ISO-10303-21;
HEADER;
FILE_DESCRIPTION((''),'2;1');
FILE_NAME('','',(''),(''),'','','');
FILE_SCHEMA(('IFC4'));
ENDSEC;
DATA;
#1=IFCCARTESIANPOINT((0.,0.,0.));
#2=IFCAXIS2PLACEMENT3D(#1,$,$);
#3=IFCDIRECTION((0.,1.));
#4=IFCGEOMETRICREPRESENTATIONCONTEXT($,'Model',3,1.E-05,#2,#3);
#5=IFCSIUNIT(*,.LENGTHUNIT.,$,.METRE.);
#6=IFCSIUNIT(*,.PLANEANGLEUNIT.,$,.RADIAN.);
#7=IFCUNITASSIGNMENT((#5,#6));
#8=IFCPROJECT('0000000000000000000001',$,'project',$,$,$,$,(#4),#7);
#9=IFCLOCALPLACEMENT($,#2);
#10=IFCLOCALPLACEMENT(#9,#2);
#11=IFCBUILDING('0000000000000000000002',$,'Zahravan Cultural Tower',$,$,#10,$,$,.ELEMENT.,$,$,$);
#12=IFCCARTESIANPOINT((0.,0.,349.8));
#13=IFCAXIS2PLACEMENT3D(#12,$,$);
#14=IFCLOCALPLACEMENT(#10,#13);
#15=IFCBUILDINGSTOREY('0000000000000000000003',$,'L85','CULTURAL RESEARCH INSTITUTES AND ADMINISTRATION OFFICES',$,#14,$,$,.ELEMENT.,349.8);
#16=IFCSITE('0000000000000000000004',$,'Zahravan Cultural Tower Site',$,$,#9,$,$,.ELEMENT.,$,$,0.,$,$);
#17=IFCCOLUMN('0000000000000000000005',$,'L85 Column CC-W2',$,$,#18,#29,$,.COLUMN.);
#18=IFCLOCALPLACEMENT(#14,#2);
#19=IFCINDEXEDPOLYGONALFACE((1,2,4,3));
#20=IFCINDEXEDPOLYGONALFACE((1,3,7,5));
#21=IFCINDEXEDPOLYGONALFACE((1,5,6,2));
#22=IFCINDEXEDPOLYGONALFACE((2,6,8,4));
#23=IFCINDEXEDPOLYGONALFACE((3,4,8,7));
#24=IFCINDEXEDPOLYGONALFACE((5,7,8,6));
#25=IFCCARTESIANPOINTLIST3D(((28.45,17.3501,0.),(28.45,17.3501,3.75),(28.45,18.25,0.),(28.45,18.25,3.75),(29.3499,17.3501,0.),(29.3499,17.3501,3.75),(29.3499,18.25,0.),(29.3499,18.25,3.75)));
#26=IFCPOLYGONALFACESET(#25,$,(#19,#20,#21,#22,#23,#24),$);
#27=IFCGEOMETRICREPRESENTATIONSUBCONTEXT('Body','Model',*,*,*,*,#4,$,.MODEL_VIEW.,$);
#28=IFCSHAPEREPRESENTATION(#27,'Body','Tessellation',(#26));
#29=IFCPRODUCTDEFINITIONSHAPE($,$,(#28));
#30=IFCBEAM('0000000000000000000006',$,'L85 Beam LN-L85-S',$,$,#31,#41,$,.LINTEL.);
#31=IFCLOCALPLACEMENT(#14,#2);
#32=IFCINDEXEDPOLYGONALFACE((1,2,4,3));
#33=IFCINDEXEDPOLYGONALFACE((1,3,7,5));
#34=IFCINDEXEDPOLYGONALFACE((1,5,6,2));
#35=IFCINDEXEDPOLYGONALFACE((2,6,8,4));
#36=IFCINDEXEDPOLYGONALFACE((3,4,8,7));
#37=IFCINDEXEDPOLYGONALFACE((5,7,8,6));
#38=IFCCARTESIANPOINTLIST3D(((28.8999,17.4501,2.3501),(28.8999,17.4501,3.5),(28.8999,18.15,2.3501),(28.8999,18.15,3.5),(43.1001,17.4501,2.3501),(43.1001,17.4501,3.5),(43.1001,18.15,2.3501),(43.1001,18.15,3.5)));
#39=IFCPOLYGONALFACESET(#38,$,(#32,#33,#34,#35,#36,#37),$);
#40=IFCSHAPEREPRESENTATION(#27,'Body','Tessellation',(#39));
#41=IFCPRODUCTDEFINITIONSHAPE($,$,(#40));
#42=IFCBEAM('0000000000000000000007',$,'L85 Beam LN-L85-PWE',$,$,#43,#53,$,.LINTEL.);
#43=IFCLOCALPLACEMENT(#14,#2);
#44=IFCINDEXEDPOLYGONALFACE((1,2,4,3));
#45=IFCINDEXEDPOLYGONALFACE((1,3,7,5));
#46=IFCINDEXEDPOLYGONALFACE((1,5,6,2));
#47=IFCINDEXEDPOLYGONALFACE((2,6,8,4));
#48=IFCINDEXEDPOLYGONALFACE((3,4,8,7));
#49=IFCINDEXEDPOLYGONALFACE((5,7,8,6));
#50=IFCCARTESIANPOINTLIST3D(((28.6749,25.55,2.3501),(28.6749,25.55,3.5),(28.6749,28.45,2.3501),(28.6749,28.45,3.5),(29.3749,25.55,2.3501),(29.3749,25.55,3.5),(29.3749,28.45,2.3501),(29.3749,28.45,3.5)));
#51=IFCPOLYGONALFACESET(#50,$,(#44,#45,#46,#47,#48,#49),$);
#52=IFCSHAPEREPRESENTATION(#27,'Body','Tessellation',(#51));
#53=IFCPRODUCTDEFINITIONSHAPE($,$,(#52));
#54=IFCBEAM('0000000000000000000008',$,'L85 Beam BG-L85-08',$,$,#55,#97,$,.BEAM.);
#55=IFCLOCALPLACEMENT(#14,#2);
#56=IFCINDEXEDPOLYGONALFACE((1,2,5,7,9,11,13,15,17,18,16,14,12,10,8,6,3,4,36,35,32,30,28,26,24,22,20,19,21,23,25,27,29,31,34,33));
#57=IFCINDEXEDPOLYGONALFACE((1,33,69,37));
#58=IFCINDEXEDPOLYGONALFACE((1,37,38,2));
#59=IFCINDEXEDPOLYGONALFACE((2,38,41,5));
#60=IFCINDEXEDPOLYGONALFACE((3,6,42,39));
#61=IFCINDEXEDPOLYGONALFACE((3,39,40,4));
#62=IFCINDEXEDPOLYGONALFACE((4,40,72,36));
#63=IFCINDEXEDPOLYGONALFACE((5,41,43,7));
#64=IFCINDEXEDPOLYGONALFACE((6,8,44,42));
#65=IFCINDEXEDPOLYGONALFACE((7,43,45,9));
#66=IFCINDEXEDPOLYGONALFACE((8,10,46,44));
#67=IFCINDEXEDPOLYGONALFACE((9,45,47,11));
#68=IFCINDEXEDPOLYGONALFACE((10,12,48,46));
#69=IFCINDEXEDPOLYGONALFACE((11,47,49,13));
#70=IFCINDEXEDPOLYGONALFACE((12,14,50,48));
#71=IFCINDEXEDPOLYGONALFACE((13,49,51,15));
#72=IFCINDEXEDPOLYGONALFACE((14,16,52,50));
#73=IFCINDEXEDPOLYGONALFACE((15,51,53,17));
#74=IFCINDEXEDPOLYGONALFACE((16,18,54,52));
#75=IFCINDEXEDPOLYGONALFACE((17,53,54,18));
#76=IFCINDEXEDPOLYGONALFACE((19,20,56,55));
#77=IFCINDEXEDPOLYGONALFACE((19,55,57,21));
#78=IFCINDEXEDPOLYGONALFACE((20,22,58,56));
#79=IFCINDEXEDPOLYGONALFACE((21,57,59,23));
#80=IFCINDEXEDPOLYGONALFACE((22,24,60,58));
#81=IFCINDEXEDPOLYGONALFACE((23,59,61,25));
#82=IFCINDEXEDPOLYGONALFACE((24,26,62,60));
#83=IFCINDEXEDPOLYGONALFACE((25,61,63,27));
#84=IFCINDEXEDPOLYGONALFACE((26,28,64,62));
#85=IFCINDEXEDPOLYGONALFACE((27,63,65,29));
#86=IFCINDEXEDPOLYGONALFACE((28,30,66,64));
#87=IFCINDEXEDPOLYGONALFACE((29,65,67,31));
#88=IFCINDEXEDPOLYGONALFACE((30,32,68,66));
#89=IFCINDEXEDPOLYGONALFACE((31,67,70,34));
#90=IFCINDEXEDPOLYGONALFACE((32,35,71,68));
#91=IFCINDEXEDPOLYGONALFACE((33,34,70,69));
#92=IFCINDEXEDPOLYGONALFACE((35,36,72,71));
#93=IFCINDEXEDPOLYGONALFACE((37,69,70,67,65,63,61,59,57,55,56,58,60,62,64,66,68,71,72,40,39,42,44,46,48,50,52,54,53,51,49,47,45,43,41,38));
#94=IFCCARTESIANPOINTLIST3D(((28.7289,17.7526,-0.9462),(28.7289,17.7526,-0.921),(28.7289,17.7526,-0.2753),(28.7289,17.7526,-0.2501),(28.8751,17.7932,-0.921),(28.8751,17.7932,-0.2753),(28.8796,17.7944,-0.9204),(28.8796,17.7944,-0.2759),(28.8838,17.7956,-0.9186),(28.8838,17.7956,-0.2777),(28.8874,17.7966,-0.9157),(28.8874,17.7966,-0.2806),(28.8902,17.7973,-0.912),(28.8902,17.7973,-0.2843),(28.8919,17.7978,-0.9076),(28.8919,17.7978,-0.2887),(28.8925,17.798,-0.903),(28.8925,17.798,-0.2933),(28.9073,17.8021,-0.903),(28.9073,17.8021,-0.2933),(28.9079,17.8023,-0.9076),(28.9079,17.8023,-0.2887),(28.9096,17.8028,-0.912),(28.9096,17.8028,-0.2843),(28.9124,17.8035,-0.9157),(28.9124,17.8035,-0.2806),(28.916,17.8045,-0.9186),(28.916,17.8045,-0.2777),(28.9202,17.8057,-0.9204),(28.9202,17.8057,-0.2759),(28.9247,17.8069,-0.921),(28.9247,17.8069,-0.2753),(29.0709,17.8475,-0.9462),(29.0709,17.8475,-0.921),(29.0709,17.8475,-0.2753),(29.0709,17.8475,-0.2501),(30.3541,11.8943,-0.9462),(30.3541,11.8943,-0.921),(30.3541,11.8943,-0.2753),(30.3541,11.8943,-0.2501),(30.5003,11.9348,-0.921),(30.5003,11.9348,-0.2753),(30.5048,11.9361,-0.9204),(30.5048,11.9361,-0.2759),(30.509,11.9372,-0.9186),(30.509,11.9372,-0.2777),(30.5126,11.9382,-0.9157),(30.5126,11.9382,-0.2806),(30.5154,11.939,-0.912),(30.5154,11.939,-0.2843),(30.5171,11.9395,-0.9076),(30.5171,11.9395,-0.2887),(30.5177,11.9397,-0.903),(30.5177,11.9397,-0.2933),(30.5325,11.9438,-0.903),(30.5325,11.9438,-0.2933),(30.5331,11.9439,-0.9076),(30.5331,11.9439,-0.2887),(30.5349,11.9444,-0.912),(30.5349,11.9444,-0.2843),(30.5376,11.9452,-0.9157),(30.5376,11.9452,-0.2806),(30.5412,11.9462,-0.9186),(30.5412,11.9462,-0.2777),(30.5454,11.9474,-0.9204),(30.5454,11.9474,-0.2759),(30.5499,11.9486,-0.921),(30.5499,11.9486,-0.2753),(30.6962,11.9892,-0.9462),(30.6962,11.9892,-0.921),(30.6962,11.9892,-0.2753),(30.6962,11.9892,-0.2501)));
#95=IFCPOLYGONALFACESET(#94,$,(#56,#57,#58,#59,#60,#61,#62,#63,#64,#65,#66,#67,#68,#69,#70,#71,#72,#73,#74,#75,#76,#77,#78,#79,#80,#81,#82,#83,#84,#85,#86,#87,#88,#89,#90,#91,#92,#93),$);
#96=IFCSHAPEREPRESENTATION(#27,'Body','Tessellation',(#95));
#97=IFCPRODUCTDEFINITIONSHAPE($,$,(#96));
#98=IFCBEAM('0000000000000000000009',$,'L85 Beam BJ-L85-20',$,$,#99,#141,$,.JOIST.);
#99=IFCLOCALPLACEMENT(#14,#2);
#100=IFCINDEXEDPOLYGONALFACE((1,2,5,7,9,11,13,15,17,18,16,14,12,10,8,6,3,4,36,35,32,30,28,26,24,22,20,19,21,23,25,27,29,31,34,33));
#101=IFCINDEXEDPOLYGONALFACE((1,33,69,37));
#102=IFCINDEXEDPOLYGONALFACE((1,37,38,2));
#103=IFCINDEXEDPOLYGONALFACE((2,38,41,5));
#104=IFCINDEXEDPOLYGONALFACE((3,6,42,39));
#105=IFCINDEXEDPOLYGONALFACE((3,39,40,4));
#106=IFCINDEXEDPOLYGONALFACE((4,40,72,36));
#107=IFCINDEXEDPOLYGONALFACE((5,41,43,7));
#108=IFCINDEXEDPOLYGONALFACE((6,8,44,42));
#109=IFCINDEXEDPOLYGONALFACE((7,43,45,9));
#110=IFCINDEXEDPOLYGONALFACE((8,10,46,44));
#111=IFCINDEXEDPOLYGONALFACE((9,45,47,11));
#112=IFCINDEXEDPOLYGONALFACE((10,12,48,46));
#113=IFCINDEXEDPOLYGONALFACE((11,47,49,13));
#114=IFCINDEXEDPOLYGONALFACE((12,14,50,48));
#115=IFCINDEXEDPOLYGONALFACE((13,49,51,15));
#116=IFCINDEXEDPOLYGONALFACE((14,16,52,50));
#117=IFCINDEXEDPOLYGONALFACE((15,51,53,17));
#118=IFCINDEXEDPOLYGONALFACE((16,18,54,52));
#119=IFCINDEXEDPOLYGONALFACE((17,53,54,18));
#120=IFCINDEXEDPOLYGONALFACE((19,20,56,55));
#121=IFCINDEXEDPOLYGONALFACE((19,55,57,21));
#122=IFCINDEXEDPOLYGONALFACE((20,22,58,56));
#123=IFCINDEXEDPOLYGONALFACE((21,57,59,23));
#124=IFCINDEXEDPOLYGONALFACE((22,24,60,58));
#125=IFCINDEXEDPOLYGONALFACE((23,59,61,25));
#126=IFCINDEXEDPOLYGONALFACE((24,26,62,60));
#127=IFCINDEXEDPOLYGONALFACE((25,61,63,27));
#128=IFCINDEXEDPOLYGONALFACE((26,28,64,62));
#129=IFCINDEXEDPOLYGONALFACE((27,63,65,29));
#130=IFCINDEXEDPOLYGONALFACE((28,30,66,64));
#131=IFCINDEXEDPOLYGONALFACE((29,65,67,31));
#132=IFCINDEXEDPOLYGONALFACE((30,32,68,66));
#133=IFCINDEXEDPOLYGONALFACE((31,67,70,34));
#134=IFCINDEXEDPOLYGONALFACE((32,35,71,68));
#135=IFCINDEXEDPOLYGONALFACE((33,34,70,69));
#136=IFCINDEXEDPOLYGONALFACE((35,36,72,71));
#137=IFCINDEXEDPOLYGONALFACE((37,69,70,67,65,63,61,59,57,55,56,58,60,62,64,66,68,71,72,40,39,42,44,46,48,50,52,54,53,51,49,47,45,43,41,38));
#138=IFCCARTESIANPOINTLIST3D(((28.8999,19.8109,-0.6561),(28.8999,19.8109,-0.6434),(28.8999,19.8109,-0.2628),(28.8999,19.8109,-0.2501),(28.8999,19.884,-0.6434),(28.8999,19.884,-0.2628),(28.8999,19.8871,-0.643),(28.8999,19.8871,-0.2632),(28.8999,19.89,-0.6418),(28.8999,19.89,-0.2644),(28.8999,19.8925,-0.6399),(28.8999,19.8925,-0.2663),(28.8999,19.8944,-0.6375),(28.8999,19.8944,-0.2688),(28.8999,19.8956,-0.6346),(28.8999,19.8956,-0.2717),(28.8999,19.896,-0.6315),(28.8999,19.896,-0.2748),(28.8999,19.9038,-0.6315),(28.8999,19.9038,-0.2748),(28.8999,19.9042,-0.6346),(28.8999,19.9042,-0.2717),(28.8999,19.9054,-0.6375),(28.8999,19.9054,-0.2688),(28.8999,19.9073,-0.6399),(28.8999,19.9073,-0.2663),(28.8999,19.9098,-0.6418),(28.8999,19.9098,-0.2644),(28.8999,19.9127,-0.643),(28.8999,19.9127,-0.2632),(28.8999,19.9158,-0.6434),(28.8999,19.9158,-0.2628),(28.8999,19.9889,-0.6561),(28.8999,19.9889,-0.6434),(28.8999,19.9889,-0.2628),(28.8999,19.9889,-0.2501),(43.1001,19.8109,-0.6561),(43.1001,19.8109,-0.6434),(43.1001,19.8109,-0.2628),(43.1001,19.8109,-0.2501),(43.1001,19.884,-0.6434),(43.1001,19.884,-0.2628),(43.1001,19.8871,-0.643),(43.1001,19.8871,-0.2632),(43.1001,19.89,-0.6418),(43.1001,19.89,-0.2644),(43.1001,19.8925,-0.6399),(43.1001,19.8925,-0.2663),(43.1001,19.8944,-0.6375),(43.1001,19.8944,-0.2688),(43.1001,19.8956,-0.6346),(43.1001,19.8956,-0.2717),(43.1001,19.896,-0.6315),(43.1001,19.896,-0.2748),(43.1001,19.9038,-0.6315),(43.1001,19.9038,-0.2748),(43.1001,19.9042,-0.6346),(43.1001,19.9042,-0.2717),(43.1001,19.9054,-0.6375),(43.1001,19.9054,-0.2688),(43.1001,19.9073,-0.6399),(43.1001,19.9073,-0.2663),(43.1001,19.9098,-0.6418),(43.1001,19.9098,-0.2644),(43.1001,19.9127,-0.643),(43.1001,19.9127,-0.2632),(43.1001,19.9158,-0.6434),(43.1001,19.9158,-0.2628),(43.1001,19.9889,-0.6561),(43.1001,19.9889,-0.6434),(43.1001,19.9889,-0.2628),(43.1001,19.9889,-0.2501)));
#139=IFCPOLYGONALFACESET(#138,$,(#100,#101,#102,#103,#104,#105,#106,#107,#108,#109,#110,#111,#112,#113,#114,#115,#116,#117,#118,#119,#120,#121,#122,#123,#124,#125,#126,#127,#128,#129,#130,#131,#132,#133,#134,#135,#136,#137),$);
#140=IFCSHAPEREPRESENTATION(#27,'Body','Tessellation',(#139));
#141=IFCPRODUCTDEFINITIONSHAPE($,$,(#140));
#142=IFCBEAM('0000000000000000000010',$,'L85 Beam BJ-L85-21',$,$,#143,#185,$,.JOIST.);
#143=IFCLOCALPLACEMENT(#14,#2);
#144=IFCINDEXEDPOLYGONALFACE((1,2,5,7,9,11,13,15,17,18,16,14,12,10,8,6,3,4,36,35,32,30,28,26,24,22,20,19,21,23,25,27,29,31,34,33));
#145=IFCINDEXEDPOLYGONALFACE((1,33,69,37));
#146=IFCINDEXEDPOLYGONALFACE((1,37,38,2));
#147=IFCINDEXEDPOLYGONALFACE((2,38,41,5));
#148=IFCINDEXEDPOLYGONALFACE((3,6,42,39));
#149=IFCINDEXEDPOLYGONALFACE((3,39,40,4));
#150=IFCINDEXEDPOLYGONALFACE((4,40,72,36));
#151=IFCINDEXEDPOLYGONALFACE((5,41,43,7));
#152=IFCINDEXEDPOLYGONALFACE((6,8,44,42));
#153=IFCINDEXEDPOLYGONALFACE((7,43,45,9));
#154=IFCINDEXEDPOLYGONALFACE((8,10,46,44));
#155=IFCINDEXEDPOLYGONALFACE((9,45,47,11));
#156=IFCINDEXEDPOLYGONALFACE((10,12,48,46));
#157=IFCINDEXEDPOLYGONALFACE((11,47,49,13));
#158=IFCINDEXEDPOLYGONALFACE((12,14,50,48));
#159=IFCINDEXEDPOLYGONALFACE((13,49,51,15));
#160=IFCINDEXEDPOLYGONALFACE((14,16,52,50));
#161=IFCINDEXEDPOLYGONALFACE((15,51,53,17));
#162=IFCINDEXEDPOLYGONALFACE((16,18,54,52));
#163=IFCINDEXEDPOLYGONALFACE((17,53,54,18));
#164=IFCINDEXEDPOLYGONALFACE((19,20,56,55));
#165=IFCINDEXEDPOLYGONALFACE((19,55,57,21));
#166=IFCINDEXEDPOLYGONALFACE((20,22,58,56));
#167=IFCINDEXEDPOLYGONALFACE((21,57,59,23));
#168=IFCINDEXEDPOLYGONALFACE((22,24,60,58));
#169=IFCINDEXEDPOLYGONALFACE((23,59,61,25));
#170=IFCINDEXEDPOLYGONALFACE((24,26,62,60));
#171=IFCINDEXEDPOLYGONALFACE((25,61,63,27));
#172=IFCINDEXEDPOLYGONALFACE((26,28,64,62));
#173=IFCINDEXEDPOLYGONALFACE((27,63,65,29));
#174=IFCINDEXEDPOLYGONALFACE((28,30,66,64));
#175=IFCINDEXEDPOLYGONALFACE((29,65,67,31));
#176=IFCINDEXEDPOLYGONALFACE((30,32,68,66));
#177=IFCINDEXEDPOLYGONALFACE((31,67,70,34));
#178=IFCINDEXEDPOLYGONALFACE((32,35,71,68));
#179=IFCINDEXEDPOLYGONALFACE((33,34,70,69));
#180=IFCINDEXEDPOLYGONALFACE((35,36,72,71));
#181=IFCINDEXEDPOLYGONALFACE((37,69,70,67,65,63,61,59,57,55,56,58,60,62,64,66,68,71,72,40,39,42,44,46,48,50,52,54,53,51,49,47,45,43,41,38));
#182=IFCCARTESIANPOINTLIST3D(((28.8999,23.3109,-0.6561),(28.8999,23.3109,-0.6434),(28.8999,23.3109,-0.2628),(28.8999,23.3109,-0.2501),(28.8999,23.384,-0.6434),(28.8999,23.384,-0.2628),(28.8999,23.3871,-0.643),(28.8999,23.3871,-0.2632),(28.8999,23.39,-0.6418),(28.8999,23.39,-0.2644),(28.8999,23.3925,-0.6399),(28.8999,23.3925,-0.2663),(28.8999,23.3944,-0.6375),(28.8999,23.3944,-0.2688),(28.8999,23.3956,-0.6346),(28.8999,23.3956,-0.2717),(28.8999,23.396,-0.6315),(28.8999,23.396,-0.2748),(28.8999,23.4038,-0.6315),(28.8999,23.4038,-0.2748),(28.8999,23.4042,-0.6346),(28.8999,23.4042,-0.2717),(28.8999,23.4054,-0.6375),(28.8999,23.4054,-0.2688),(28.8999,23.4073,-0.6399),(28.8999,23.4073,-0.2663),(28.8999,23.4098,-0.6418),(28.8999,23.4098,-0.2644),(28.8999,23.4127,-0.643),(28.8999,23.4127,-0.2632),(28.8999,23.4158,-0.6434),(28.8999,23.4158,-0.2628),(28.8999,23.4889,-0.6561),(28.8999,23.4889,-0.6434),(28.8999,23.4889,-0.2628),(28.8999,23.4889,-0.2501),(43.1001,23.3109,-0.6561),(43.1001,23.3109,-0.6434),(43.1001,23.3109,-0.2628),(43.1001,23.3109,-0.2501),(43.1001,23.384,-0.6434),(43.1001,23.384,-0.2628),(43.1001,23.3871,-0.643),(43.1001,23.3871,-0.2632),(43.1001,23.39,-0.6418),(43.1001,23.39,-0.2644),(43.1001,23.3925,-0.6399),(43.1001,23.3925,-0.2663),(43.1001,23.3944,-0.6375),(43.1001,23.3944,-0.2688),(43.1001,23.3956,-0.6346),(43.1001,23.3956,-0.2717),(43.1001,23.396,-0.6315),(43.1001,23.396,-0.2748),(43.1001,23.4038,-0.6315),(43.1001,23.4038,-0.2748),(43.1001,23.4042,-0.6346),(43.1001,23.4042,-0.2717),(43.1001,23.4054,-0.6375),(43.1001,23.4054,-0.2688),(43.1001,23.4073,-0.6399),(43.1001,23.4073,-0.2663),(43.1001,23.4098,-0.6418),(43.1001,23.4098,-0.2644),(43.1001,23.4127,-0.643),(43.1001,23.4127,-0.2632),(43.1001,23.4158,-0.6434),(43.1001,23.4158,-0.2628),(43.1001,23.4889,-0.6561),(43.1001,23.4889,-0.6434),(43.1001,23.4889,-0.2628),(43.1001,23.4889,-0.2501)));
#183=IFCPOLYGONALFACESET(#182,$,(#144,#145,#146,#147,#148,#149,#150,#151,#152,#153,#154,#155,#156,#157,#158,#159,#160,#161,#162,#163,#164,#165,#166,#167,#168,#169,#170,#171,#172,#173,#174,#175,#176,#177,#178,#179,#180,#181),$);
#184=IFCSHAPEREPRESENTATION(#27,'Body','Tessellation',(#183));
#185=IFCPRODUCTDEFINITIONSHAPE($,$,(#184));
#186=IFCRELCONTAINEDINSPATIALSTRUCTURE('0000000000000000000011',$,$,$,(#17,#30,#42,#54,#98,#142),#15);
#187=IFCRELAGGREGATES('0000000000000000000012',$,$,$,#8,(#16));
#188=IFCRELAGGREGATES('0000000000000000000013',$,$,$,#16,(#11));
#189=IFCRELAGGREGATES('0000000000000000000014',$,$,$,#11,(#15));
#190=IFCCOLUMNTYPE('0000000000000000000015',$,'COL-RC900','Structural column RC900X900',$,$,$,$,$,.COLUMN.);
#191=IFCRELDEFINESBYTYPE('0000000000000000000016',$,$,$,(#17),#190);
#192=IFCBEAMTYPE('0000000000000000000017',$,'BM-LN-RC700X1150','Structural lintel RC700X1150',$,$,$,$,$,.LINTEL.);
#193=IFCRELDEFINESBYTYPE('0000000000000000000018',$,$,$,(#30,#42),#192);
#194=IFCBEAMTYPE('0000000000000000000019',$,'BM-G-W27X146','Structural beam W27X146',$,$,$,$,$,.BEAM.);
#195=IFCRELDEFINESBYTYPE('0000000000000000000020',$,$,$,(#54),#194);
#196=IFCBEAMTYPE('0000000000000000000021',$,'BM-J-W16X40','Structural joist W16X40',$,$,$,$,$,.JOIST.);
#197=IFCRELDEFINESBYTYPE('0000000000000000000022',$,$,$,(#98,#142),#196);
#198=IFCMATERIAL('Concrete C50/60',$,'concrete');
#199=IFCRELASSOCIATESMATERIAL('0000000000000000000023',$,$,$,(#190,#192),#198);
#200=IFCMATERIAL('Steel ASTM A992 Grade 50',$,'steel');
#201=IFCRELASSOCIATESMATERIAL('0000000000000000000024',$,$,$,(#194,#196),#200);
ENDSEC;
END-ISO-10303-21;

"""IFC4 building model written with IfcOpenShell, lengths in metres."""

from ifc_helpers import new_model, si_unit, direction, frame, origin, origin_2d, place, context, subcontext, project, spatial, rectangle, i_section, extrude, source, transform, mapped, material, material_profile, profile_set, type_object, element, save


model = new_model("IFC4")

# Units and contexts
model_context = context("Model", 3, precision=1e-05, world=origin(), true_north=direction((0.0, 1.0)))
body_context = subcontext(model_context, "Body", "Model", "MODEL_VIEW")
ifc_project = project(units=[si_unit("LENGTHUNIT", "METRE"), si_unit("PLANEANGLEUNIT", "RADIAN")], contexts=[model_context])

# Site, building, storey
site_placement = place(None, origin())
site = spatial("IfcSite", under=ifc_project, at=site_placement, Name="Zahravan Cultural Tower Site", CompositionType="ELEMENT", RefElevation=0.0)
building_placement = place(site_placement, origin())
building = spatial("IfcBuilding", under=site, at=building_placement, Name="Zahravan Cultural Tower", CompositionType="ELEMENT")
storey_placement = place(building_placement, frame((0.0, 0.0, 349.8)))
storey = spatial("IfcBuildingStorey", under=building, at=storey_placement, Name="L85", Description="CULTURAL RESEARCH INSTITUTES AND ADMINISTRATION OFFICES", CompositionType="ELEMENT", Elevation=349.8)

# Column
ifc_material_1 = material(Name="Concrete C50/60", Category="concrete")
ifc_material_profile_1 = material_profile(ifc_material_1, rectangle(XDim=0.8999, YDim=0.8999, at=origin_2d()), Name="RC900X900")
ifc_profile_set_1 = profile_set([ifc_material_profile_1], Name="Concrete C50/60")
column_type = type_object("IfcColumnType", Name="COL-RC900", Description="Structural column RC900X900", PredefinedType="COLUMN", material=ifc_profile_set_1)
shared_shape_1 = source(origin(), body_context, "Body", "SweptSolid", [
    extrude(rectangle(XDim=0.8999, YDim=0.8999, at=origin_2d()), origin(), (0.0, 0.0, 1.0), 3.75),
])
column_placement = place(storey_placement, frame((28.8999, 17.8, 0.0), z_axis=(0.0, 0.0, 1.0), x_axis=(1.0, 0.0, 0.0)))
element("IfcColumn", 1, at=column_placement, inside=storey, type_object=column_type, Name="L85 Column CC-W2", PredefinedType="COLUMN", context=body_context, shape_type="MappedRepresentation", body=[
    mapped(shared_shape_1, transform((0.0, 0.0, 0.0), x_axis=(1.0, 0.0, 0.0), y_axis=(0.0, 1.0, 0.0), z_axis=(0.0, 0.0, 1.0), scale=1.0)),
])

# Beams
ifc_material_profile_2 = material_profile(ifc_material_1, rectangle(XDim=0.7, YDim=1.1499, at=origin_2d()), Name="RC700X1150")
ifc_profile_set_2 = profile_set([ifc_material_profile_2], Name="Concrete C50/60")
beam_type_1 = type_object("IfcBeamType", Name="BM-LN-RC700X1150", Description="Structural lintel RC700X1150", PredefinedType="LINTEL", material=ifc_profile_set_2)
shared_shape_2 = source(origin(), body_context, "Body", "SweptSolid", [
    extrude(rectangle(XDim=0.7, YDim=1.1499, at=origin_2d()), origin(), (0.0, 0.0, 1.0), 14.2002),
])
beam_1_placement = place(storey_placement, frame((28.8999, 17.8, 2.925), z_axis=(1.0, 0.0, 0.0), x_axis=(0.0, 1.0, 0.0)))
element("IfcBeam", 2, at=beam_1_placement, inside=storey, type_object=beam_type_1, Name="L85 Beam LN-L85-S", PredefinedType="LINTEL", context=body_context, shape_type="MappedRepresentation", body=[
    mapped(shared_shape_2, transform((0.0, 0.0, 0.0), x_axis=(1.0, 0.0, 0.0), y_axis=(0.0, 1.0, 0.0), z_axis=(0.0, 0.0, 1.0), scale=1.0)),
])
shared_shape_3 = source(origin(), body_context, "Body", "SweptSolid", [
    extrude(rectangle(XDim=0.7, YDim=1.1499, at=origin_2d()), origin(), (0.0, 0.0, 1.0), 2.8999),
])
beam_2_placement = place(storey_placement, frame((29.0249, 25.55, 2.925), z_axis=(0.0, 1.0, 0.0), x_axis=(-1.0, 0.0, 0.0)))
element("IfcBeam", 3, at=beam_2_placement, inside=storey, type_object=beam_type_1, Name="L85 Beam LN-L85-PWE", PredefinedType="LINTEL", context=body_context, shape_type="MappedRepresentation", body=[
    mapped(shared_shape_3, transform((0.0, 0.0, 0.0), x_axis=(1.0, 0.0, 0.0), y_axis=(0.0, 1.0, 0.0), z_axis=(0.0, 0.0, 1.0), scale=1.0)),
])
ifc_material_2 = material(Name="Steel ASTM A992 Grade 50", Category="steel")
ifc_material_profile_3 = material_profile(ifc_material_2, i_section(OverallWidth=0.355, OverallDepth=0.696, WebThickness=0.0154, FlangeThickness=0.0251, FilletRadius=0.0181, at=origin_2d()), Name="W27X146")
ifc_profile_set_3 = profile_set([ifc_material_profile_3], Name="Steel ASTM A992 Grade 50")
beam_type_2 = type_object("IfcBeamType", Name="BM-G-W27X146", Description="Structural beam W27X146", PredefinedType="BEAM", material=ifc_profile_set_3)
shared_shape_4 = source(origin(), body_context, "Body", "SweptSolid", [
    extrude(i_section(OverallWidth=0.355, OverallDepth=0.696, WebThickness=0.0154, FlangeThickness=0.0251, FilletRadius=0.0181, at=origin_2d()), origin(), (0.0, 0.0, 1.0), 6.0796),
])
beam_3_placement = place(storey_placement, frame((28.8999, 17.8, -0.5981), z_axis=(0.267325, -0.963606, 0.0), x_axis=(0.963606, 0.267325, 0.0)))
element("IfcBeam", 4, at=beam_3_placement, inside=storey, type_object=beam_type_2, Name="L85 Beam BG-L85-08", PredefinedType="BEAM", context=body_context, shape_type="MappedRepresentation", body=[
    mapped(shared_shape_4, transform((0.0, 0.0, 0.0), x_axis=(1.0, 0.0, 0.0), y_axis=(0.0, 1.0, 0.0), z_axis=(0.0, 0.0, 1.0), scale=1.0)),
])
ifc_material_profile_4 = material_profile(ifc_material_2, i_section(OverallWidth=0.178, OverallDepth=0.406, WebThickness=0.0078, FlangeThickness=0.0127, FilletRadius=0.012, at=origin_2d()), Name="W16X40")
ifc_profile_set_4 = profile_set([ifc_material_profile_4], Name="Steel ASTM A992 Grade 50")
beam_type_3 = type_object("IfcBeamType", Name="BM-J-W16X40", Description="Structural joist W16X40", PredefinedType="JOIST", material=ifc_profile_set_4)
shared_shape_5 = source(origin(), body_context, "Body", "SweptSolid", [
    extrude(i_section(OverallWidth=0.178, OverallDepth=0.406, WebThickness=0.0078, FlangeThickness=0.0127, FilletRadius=0.012, at=origin_2d()), origin(), (0.0, 0.0, 1.0), 14.2002),
])
for number, where, z_axis, x_axis, name in (
    (5, (28.8999, 19.8999, -0.4531), (1.0, 0.0, 0.0), (0.0, 1.0, 0.0), "L85 Beam BJ-L85-20"),
    (6, (28.8999, 23.3999, -0.4531), (1.0, 0.0, 0.0), (0.0, 1.0, 0.0), "L85 Beam BJ-L85-21"),
):
    element("IfcBeam", number, at=place(storey_placement, frame(where, z_axis=z_axis, x_axis=x_axis)), inside=storey, type_object=beam_type_3, Name=name, PredefinedType="JOIST", context=body_context, shape_type="MappedRepresentation", body=[
        mapped(shared_shape_5, transform((0.0, 0.0, 0.0), x_axis=(1.0, 0.0, 0.0), y_axis=(0.0, 1.0, 0.0), z_axis=(0.0, 0.0, 1.0), scale=1.0)),
    ])

save(model, "model.ifc")
